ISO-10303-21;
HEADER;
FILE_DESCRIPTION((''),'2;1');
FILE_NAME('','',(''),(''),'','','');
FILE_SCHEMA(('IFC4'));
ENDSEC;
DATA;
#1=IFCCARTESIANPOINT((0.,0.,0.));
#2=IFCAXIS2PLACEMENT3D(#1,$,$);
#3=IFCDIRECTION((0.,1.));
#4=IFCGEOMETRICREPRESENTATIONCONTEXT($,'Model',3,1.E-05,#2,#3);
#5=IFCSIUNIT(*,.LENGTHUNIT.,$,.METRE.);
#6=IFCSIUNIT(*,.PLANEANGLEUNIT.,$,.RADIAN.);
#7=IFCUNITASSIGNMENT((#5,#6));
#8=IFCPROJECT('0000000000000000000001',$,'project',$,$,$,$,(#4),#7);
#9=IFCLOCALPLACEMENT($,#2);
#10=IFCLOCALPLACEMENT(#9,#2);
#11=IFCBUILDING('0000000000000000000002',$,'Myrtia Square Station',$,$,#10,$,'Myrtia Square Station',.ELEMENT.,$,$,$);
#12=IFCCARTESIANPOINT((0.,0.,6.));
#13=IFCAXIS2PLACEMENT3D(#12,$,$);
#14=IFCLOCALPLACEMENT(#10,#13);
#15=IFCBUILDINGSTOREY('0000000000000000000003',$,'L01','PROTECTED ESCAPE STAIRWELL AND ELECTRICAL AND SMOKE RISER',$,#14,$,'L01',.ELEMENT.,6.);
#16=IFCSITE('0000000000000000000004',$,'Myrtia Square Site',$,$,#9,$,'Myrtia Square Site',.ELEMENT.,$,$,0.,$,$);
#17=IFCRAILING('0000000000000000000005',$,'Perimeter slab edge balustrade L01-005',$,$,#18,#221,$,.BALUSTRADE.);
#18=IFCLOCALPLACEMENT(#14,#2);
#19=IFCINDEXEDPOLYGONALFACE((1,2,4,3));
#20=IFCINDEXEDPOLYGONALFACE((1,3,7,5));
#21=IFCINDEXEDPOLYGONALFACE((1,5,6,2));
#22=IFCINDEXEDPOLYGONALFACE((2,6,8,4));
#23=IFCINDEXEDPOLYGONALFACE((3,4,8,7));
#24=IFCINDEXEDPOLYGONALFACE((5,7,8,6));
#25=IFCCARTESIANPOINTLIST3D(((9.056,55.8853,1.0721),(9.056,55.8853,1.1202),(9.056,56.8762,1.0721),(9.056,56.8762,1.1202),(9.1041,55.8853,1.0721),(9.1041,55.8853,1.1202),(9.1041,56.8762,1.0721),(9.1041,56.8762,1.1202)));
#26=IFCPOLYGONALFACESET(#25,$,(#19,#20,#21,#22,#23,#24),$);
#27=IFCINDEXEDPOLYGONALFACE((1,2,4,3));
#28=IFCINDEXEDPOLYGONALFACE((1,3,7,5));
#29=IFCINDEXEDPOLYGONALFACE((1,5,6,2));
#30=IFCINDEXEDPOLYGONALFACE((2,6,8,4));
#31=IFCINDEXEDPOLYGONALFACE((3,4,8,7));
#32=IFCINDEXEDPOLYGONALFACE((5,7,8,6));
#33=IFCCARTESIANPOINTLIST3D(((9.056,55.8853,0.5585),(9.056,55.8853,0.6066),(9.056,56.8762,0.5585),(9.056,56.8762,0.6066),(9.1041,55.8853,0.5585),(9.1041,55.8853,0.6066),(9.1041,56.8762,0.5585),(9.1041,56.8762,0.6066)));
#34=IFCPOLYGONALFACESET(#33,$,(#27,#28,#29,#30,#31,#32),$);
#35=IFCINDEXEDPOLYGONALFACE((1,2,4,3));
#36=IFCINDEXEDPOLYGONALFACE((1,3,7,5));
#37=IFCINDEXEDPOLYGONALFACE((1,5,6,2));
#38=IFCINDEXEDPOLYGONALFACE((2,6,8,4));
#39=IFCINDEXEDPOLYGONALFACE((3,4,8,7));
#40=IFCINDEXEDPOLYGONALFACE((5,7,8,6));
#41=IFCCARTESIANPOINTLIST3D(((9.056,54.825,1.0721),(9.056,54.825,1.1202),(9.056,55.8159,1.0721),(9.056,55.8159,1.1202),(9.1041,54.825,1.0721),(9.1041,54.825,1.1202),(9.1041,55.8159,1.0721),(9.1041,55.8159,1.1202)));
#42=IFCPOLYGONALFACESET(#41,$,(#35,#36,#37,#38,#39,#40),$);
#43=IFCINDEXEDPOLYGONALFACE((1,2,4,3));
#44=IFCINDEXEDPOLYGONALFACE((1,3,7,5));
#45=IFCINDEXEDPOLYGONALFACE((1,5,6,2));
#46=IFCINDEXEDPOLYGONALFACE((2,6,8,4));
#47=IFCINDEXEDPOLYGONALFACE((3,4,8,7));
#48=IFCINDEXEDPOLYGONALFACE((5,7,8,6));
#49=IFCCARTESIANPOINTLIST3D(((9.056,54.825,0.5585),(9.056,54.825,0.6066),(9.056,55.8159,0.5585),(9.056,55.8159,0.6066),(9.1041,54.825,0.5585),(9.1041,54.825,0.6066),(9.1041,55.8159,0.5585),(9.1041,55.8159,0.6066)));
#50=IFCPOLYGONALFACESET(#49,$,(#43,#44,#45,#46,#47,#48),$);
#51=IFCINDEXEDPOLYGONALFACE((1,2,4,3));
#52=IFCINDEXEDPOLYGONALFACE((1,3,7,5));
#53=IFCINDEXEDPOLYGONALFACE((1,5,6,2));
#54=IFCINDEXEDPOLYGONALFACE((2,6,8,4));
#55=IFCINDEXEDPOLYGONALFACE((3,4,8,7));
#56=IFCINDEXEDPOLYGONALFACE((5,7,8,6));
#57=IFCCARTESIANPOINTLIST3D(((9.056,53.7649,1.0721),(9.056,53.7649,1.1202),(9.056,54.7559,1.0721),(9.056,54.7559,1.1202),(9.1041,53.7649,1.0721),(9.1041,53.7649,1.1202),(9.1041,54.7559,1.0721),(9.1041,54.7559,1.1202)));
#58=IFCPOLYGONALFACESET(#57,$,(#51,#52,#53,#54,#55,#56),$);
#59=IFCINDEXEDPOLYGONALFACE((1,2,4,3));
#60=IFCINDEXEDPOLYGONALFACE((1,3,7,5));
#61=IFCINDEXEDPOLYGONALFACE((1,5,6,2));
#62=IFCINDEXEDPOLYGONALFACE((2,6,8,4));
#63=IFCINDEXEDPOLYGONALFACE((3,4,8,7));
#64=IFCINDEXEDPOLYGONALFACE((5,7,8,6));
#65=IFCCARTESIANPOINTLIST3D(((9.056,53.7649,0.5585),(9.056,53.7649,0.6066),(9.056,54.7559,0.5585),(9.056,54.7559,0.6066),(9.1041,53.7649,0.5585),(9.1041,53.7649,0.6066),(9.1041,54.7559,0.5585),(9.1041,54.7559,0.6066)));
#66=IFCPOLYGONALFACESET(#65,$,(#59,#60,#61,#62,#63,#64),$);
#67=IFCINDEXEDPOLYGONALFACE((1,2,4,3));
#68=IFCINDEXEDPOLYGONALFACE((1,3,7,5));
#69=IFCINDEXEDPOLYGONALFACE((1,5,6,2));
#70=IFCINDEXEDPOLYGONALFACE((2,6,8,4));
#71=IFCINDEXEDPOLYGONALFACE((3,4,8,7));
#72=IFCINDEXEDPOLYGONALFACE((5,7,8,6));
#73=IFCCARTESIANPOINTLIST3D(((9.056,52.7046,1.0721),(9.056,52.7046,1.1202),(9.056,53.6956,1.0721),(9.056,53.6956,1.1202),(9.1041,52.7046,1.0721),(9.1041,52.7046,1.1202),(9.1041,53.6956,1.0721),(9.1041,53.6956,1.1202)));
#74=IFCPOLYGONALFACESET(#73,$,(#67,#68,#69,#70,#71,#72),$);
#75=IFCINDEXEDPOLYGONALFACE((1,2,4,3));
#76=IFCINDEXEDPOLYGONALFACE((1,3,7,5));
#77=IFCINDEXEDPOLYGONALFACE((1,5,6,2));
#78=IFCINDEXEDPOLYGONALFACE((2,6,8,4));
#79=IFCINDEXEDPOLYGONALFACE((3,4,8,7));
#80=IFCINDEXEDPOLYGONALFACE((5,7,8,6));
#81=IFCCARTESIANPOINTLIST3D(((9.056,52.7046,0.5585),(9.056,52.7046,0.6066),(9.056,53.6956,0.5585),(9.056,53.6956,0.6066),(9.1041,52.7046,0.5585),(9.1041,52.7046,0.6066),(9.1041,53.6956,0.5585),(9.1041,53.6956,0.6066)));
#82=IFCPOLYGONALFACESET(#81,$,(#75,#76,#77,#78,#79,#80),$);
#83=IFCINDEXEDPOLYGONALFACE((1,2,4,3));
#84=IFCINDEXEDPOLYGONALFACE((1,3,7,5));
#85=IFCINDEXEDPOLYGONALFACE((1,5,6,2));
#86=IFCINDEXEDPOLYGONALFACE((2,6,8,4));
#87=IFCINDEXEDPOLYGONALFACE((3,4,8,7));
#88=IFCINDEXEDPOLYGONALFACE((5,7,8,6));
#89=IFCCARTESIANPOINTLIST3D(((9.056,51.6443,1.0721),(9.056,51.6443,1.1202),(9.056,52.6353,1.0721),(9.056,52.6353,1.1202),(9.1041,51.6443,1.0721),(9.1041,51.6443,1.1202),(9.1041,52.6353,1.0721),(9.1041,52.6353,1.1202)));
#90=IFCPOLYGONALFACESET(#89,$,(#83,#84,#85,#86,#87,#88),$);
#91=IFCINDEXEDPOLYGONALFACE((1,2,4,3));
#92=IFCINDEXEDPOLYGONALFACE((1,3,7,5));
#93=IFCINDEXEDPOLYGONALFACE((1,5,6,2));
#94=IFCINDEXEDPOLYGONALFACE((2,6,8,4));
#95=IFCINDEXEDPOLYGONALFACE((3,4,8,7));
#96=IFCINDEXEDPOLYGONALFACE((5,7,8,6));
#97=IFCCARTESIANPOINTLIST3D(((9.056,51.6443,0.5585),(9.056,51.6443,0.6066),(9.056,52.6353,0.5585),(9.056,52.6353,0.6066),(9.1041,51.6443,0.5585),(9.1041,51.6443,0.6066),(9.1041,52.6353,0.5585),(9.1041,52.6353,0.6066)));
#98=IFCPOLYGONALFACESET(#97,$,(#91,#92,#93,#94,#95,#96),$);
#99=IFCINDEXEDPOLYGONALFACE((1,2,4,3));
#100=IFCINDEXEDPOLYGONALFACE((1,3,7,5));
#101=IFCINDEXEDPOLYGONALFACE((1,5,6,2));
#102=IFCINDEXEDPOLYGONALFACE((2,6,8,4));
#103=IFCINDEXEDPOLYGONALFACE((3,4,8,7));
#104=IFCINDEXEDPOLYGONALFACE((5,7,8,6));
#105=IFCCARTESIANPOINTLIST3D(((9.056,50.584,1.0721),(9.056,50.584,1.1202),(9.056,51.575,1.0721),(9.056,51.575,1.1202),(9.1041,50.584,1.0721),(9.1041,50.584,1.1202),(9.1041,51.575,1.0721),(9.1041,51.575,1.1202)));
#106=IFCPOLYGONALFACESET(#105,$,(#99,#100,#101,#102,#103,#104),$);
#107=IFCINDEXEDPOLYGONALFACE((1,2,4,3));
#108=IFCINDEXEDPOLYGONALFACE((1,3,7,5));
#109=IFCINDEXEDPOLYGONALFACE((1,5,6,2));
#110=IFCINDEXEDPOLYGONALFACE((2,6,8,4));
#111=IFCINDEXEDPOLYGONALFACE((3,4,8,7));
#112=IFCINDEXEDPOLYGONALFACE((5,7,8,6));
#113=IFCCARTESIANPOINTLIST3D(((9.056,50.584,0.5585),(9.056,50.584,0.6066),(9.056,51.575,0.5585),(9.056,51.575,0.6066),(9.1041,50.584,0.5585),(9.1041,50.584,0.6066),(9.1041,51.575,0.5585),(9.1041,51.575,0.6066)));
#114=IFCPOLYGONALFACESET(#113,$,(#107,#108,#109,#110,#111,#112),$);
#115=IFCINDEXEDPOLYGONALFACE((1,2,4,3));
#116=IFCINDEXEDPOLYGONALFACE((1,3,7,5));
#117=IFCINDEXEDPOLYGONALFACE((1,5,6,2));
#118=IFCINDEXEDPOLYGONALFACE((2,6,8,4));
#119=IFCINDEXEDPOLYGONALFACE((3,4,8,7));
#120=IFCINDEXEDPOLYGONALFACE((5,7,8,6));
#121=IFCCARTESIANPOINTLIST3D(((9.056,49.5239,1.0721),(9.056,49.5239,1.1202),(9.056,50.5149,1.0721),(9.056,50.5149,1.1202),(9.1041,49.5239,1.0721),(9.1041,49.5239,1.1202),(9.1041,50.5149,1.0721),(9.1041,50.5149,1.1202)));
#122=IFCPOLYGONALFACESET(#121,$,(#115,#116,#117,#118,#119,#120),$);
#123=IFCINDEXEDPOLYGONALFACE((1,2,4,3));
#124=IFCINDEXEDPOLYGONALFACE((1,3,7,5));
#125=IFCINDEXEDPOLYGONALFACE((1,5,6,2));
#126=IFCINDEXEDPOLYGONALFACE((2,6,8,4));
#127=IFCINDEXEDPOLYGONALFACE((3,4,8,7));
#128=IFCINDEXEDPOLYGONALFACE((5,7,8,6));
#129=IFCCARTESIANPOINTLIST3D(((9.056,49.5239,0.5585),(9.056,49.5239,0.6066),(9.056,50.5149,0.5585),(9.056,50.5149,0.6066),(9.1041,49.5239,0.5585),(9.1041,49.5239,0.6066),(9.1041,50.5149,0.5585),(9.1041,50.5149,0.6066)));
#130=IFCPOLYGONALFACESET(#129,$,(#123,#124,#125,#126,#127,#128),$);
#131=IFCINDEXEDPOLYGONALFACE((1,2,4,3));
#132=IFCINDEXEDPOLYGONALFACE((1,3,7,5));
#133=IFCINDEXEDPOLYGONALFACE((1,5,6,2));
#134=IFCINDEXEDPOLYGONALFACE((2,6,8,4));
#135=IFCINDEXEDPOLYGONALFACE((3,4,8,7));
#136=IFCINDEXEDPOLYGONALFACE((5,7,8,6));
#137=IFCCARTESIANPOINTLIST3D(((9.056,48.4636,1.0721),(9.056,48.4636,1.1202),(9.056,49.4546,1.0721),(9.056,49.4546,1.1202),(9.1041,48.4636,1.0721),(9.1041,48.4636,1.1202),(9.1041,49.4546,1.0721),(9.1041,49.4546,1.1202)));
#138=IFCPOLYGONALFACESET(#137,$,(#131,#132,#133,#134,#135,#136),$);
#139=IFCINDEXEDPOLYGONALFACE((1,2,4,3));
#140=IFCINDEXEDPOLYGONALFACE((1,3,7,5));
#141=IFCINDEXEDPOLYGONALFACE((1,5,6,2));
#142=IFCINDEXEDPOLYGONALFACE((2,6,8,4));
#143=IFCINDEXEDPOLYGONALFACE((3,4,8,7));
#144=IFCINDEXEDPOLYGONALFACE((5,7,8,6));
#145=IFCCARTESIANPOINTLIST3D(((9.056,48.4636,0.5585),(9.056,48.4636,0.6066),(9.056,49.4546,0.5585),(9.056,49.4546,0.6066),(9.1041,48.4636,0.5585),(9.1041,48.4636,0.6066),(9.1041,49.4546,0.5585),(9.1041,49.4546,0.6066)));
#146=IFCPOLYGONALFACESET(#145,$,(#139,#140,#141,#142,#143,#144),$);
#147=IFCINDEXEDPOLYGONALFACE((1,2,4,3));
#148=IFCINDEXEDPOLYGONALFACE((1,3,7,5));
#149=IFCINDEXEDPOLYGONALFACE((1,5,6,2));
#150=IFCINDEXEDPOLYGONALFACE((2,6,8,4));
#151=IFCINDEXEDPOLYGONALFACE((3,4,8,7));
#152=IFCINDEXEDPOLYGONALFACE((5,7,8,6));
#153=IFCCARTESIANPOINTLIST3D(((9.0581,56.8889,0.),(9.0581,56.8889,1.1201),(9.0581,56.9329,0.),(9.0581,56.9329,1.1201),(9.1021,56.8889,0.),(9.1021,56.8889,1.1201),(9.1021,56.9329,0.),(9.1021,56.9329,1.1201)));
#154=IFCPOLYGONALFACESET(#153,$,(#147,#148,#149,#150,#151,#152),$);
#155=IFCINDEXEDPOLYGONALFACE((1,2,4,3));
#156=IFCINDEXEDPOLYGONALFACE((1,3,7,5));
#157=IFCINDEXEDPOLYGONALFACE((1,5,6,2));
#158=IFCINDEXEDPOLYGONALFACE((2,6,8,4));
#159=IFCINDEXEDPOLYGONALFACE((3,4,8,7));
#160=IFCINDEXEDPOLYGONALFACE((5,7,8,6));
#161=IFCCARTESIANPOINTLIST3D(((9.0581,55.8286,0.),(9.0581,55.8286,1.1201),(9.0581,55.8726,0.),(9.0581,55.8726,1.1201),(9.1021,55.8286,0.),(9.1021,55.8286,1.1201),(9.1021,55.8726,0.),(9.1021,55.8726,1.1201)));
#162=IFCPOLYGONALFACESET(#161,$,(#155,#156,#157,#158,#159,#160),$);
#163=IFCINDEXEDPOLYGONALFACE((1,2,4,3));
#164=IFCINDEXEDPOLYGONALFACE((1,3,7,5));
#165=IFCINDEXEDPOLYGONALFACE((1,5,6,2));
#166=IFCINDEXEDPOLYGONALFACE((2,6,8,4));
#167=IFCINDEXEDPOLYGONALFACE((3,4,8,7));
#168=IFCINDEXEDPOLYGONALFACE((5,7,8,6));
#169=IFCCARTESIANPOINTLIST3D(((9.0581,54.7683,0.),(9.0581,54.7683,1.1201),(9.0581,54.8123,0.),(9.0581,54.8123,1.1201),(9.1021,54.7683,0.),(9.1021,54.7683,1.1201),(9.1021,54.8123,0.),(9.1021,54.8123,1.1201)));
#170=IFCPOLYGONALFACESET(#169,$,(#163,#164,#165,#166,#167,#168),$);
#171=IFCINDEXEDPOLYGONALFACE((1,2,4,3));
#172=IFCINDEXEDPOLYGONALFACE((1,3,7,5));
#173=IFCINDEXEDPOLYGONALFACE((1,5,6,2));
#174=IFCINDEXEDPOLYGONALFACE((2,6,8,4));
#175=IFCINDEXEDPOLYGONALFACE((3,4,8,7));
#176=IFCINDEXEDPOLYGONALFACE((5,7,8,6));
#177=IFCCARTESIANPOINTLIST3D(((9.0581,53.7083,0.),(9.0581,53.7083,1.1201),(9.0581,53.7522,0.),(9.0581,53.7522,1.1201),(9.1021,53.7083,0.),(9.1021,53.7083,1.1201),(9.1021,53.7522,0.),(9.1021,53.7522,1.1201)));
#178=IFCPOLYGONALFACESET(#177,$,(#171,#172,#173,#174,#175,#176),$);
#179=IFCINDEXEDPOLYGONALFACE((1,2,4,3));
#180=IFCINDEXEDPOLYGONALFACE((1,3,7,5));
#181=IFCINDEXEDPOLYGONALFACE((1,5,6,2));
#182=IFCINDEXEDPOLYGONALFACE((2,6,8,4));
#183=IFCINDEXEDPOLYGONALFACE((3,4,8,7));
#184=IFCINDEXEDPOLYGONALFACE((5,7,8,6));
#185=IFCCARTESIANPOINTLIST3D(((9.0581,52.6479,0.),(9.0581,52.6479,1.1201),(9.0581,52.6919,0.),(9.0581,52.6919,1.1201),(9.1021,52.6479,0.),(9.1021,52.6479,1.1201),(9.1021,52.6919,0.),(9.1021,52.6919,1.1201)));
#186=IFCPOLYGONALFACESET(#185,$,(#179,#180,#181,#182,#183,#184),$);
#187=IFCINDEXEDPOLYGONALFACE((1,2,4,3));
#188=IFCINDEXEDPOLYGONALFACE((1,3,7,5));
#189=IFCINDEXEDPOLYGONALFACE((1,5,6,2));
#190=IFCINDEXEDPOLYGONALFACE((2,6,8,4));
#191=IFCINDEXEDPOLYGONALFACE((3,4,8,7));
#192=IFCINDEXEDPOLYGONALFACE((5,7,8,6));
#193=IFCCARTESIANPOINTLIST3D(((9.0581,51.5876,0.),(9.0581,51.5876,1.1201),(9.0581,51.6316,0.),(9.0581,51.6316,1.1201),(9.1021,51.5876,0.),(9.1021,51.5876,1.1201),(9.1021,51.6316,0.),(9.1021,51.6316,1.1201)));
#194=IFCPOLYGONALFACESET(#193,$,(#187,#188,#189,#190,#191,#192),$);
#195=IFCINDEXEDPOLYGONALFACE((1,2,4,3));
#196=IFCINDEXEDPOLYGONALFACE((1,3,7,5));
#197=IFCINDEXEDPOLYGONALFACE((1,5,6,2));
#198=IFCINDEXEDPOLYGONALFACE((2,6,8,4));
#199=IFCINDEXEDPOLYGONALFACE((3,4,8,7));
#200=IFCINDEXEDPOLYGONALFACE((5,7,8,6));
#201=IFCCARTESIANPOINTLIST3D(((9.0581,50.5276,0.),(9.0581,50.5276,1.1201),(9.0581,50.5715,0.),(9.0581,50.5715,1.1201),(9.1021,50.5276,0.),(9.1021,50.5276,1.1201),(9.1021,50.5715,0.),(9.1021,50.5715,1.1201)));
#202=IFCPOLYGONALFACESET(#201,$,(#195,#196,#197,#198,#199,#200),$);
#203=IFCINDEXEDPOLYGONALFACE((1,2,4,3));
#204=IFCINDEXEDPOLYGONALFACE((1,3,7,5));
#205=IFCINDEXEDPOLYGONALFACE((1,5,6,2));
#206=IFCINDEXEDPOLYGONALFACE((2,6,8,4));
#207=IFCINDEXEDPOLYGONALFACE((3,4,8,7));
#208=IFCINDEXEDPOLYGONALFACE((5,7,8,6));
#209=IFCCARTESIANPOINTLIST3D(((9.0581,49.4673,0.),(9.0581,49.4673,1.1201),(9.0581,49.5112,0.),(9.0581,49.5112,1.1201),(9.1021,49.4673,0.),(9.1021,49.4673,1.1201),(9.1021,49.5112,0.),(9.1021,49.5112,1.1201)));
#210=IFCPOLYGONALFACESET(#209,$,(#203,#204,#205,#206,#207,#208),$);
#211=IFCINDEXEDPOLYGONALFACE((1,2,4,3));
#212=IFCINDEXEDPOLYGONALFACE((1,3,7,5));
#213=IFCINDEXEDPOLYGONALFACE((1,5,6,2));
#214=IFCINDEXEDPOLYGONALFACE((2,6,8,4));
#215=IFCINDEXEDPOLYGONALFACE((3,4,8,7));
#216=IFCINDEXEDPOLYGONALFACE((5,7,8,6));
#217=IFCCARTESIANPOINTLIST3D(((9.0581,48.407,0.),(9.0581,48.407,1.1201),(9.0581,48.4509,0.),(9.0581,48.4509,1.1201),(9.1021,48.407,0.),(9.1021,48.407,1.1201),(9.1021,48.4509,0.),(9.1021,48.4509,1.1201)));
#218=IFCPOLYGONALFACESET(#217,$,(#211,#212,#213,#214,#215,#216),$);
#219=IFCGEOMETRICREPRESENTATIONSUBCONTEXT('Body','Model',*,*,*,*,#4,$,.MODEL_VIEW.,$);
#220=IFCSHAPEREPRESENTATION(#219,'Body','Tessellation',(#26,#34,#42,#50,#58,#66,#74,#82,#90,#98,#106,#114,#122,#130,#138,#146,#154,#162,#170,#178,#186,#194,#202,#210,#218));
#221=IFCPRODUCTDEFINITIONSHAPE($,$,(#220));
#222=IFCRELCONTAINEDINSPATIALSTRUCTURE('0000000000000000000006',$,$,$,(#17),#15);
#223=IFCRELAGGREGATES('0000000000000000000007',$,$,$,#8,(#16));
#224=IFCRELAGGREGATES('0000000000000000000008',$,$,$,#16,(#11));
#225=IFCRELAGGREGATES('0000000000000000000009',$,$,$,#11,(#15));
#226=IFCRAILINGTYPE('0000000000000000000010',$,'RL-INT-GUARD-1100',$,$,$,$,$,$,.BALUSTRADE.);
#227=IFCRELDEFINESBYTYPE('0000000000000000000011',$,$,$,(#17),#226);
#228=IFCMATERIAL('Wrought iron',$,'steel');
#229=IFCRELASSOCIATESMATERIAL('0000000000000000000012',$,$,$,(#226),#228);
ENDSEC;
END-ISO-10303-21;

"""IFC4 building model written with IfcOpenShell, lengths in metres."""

from ifc_helpers import new_model, si_unit, direction, frame, origin, origin_2d, place, context, subcontext, project, spatial, rectangle, extrude, material, type_object, element, save


model = new_model("IFC4")

# Units and contexts
model_context = context("Model", 3, precision=1e-05, world=origin(), true_north=direction((0.0, 1.0)))
body_context = subcontext(model_context, "Body", "Model", "MODEL_VIEW")
ifc_project = project(units=[si_unit("LENGTHUNIT", "METRE"), si_unit("PLANEANGLEUNIT", "RADIAN")], contexts=[model_context])

# Site, building, storey
site_placement = place(None, origin())
site = spatial("IfcSite", under=ifc_project, at=site_placement, Name="Myrtia Square Site", LongName="Myrtia Square Site", CompositionType="ELEMENT", RefElevation=0.0)
building_placement = place(site_placement, origin())
building = spatial("IfcBuilding", under=site, at=building_placement, Name="Myrtia Square Station", LongName="Myrtia Square Station", CompositionType="ELEMENT")
storey_placement = place(building_placement, frame((0.0, 0.0, 6.0)))
storey = spatial("IfcBuildingStorey", under=building, at=storey_placement, Name="L01", Description="PROTECTED ESCAPE STAIRWELL AND ELECTRICAL AND SMOKE RISER", LongName="L01", CompositionType="ELEMENT", Elevation=6.0)

# Railing
ifc_material_1 = material(Name="Wrought iron", Category="steel")
railing_type = type_object("IfcRailingType", Name="RL-INT-GUARD-1100", PredefinedType="BALUSTRADE", material=ifc_material_1)
railing_1_placement = place(storey_placement, frame((9.0801, 56.9109, 0.0)))
element("IfcRailing", 1, at=railing_1_placement, inside=storey, type_object=railing_type, Name="Perimeter slab edge balustrade L01-005", PredefinedType="BALUSTRADE", context=body_context, shape_type="SweptSolid", body=[
    extrude(rectangle(XDim=0.0481, YDim=0.0481, at=origin_2d()), frame((0.0, -0.0347, 1.0962), z_axis=(0.0, -1.0, 0.0), x_axis=(1.0, 0.0, 0.0)), (0.0, 0.0, 1.0), 0.991),
    extrude(rectangle(XDim=0.0481, YDim=0.0481, at=origin_2d()), frame((0.0, -0.0347, 0.5825), z_axis=(0.0, -1.0, 0.0), x_axis=(1.0, 0.0, 0.0)), (0.0, 0.0, 1.0), 0.991),
    extrude(rectangle(XDim=0.0481, YDim=0.0481, at=origin_2d()), frame((0.0, -1.095, 1.0962), z_axis=(0.0, -1.0, 0.0), x_axis=(1.0, 0.0, 0.0)), (0.0, 0.0, 1.0), 0.991),
    extrude(rectangle(XDim=0.0481, YDim=0.0481, at=origin_2d()), frame((0.0, -1.095, 0.5825), z_axis=(0.0, -1.0, 0.0), x_axis=(1.0, 0.0, 0.0)), (0.0, 0.0, 1.0), 0.991),
    extrude(rectangle(XDim=0.0481, YDim=0.0481, at=origin_2d()), frame((0.0, -2.155, 1.0962), z_axis=(0.0, -1.0, 0.0), x_axis=(1.0, 0.0, 0.0)), (0.0, 0.0, 1.0), 0.991),
    extrude(rectangle(XDim=0.0481, YDim=0.0481, at=origin_2d()), frame((0.0, -2.155, 0.5825), z_axis=(0.0, -1.0, 0.0), x_axis=(1.0, 0.0, 0.0)), (0.0, 0.0, 1.0), 0.991),
    extrude(rectangle(XDim=0.0481, YDim=0.0481, at=origin_2d()), frame((0.0, -3.2153, 1.0962), z_axis=(0.0, -1.0, 0.0), x_axis=(1.0, 0.0, 0.0)), (0.0, 0.0, 1.0), 0.991),
    extrude(rectangle(XDim=0.0481, YDim=0.0481, at=origin_2d()), frame((0.0, -3.2153, 0.5825), z_axis=(0.0, -1.0, 0.0), x_axis=(1.0, 0.0, 0.0)), (0.0, 0.0, 1.0), 0.991),
    extrude(rectangle(XDim=0.0481, YDim=0.0481, at=origin_2d()), frame((0.0, -4.2756, 1.0962), z_axis=(0.0, -1.0, 0.0), x_axis=(1.0, 0.0, 0.0)), (0.0, 0.0, 1.0), 0.991),
    extrude(rectangle(XDim=0.0481, YDim=0.0481, at=origin_2d()), frame((0.0, -4.2756, 0.5825), z_axis=(0.0, -1.0, 0.0), x_axis=(1.0, 0.0, 0.0)), (0.0, 0.0, 1.0), 0.991),
    extrude(rectangle(XDim=0.0481, YDim=0.0481, at=origin_2d()), frame((0.0, -5.3359, 1.0962), z_axis=(0.0, -1.0, 0.0), x_axis=(1.0, 0.0, 0.0)), (0.0, 0.0, 1.0), 0.991),
    extrude(rectangle(XDim=0.0481, YDim=0.0481, at=origin_2d()), frame((0.0, -5.3359, 0.5825), z_axis=(0.0, -1.0, 0.0), x_axis=(1.0, 0.0, 0.0)), (0.0, 0.0, 1.0), 0.991),
    extrude(rectangle(XDim=0.0481, YDim=0.0481, at=origin_2d()), frame((0.0, -6.396, 1.0962), z_axis=(0.0, -1.0, 0.0), x_axis=(1.0, 0.0, 0.0)), (0.0, 0.0, 1.0), 0.991),
    extrude(rectangle(XDim=0.0481, YDim=0.0481, at=origin_2d()), frame((0.0, -6.396, 0.5825), z_axis=(0.0, -1.0, 0.0), x_axis=(1.0, 0.0, 0.0)), (0.0, 0.0, 1.0), 0.991),
    extrude(rectangle(XDim=0.0481, YDim=0.0481, at=origin_2d()), frame((0.0, -7.4563, 1.0962), z_axis=(0.0, -1.0, 0.0), x_axis=(1.0, 0.0, 0.0)), (0.0, 0.0, 1.0), 0.991),
    extrude(rectangle(XDim=0.0481, YDim=0.0481, at=origin_2d()), frame((0.0, -7.4563, 0.5825), z_axis=(0.0, -1.0, 0.0), x_axis=(1.0, 0.0, 0.0)), (0.0, 0.0, 1.0), 0.991),
    extrude(rectangle(XDim=0.0439, YDim=0.0439, at=origin_2d()), origin(), (0.0, 0.0, 1.0), 1.1201),
    extrude(rectangle(XDim=0.0439, YDim=0.0439, at=origin_2d()), frame((0.0, -1.0603, 0.0)), (0.0, 0.0, 1.0), 1.1201),
    extrude(rectangle(XDim=0.0439, YDim=0.0439, at=origin_2d()), frame((0.0, -2.1206, 0.0)), (0.0, 0.0, 1.0), 1.1201),
    extrude(rectangle(XDim=0.0439, YDim=0.0439, at=origin_2d()), frame((0.0, -3.1807, 0.0)), (0.0, 0.0, 1.0), 1.1201),
    extrude(rectangle(XDim=0.0439, YDim=0.0439, at=origin_2d()), frame((0.0, -4.241, 0.0)), (0.0, 0.0, 1.0), 1.1201),
    extrude(rectangle(XDim=0.0439, YDim=0.0439, at=origin_2d()), frame((0.0, -5.3013, 0.0)), (0.0, 0.0, 1.0), 1.1201),
    extrude(rectangle(XDim=0.0439, YDim=0.0439, at=origin_2d()), frame((0.0, -6.3613, 0.0)), (0.0, 0.0, 1.0), 1.1201),
    extrude(rectangle(XDim=0.0439, YDim=0.0439, at=origin_2d()), frame((0.0, -7.4216, 0.0)), (0.0, 0.0, 1.0), 1.1201),
    extrude(rectangle(XDim=0.0439, YDim=0.0439, at=origin_2d()), frame((0.0, -8.4819, 0.0)), (0.0, 0.0, 1.0), 1.1201),
])

save(model, "model.ifc")
